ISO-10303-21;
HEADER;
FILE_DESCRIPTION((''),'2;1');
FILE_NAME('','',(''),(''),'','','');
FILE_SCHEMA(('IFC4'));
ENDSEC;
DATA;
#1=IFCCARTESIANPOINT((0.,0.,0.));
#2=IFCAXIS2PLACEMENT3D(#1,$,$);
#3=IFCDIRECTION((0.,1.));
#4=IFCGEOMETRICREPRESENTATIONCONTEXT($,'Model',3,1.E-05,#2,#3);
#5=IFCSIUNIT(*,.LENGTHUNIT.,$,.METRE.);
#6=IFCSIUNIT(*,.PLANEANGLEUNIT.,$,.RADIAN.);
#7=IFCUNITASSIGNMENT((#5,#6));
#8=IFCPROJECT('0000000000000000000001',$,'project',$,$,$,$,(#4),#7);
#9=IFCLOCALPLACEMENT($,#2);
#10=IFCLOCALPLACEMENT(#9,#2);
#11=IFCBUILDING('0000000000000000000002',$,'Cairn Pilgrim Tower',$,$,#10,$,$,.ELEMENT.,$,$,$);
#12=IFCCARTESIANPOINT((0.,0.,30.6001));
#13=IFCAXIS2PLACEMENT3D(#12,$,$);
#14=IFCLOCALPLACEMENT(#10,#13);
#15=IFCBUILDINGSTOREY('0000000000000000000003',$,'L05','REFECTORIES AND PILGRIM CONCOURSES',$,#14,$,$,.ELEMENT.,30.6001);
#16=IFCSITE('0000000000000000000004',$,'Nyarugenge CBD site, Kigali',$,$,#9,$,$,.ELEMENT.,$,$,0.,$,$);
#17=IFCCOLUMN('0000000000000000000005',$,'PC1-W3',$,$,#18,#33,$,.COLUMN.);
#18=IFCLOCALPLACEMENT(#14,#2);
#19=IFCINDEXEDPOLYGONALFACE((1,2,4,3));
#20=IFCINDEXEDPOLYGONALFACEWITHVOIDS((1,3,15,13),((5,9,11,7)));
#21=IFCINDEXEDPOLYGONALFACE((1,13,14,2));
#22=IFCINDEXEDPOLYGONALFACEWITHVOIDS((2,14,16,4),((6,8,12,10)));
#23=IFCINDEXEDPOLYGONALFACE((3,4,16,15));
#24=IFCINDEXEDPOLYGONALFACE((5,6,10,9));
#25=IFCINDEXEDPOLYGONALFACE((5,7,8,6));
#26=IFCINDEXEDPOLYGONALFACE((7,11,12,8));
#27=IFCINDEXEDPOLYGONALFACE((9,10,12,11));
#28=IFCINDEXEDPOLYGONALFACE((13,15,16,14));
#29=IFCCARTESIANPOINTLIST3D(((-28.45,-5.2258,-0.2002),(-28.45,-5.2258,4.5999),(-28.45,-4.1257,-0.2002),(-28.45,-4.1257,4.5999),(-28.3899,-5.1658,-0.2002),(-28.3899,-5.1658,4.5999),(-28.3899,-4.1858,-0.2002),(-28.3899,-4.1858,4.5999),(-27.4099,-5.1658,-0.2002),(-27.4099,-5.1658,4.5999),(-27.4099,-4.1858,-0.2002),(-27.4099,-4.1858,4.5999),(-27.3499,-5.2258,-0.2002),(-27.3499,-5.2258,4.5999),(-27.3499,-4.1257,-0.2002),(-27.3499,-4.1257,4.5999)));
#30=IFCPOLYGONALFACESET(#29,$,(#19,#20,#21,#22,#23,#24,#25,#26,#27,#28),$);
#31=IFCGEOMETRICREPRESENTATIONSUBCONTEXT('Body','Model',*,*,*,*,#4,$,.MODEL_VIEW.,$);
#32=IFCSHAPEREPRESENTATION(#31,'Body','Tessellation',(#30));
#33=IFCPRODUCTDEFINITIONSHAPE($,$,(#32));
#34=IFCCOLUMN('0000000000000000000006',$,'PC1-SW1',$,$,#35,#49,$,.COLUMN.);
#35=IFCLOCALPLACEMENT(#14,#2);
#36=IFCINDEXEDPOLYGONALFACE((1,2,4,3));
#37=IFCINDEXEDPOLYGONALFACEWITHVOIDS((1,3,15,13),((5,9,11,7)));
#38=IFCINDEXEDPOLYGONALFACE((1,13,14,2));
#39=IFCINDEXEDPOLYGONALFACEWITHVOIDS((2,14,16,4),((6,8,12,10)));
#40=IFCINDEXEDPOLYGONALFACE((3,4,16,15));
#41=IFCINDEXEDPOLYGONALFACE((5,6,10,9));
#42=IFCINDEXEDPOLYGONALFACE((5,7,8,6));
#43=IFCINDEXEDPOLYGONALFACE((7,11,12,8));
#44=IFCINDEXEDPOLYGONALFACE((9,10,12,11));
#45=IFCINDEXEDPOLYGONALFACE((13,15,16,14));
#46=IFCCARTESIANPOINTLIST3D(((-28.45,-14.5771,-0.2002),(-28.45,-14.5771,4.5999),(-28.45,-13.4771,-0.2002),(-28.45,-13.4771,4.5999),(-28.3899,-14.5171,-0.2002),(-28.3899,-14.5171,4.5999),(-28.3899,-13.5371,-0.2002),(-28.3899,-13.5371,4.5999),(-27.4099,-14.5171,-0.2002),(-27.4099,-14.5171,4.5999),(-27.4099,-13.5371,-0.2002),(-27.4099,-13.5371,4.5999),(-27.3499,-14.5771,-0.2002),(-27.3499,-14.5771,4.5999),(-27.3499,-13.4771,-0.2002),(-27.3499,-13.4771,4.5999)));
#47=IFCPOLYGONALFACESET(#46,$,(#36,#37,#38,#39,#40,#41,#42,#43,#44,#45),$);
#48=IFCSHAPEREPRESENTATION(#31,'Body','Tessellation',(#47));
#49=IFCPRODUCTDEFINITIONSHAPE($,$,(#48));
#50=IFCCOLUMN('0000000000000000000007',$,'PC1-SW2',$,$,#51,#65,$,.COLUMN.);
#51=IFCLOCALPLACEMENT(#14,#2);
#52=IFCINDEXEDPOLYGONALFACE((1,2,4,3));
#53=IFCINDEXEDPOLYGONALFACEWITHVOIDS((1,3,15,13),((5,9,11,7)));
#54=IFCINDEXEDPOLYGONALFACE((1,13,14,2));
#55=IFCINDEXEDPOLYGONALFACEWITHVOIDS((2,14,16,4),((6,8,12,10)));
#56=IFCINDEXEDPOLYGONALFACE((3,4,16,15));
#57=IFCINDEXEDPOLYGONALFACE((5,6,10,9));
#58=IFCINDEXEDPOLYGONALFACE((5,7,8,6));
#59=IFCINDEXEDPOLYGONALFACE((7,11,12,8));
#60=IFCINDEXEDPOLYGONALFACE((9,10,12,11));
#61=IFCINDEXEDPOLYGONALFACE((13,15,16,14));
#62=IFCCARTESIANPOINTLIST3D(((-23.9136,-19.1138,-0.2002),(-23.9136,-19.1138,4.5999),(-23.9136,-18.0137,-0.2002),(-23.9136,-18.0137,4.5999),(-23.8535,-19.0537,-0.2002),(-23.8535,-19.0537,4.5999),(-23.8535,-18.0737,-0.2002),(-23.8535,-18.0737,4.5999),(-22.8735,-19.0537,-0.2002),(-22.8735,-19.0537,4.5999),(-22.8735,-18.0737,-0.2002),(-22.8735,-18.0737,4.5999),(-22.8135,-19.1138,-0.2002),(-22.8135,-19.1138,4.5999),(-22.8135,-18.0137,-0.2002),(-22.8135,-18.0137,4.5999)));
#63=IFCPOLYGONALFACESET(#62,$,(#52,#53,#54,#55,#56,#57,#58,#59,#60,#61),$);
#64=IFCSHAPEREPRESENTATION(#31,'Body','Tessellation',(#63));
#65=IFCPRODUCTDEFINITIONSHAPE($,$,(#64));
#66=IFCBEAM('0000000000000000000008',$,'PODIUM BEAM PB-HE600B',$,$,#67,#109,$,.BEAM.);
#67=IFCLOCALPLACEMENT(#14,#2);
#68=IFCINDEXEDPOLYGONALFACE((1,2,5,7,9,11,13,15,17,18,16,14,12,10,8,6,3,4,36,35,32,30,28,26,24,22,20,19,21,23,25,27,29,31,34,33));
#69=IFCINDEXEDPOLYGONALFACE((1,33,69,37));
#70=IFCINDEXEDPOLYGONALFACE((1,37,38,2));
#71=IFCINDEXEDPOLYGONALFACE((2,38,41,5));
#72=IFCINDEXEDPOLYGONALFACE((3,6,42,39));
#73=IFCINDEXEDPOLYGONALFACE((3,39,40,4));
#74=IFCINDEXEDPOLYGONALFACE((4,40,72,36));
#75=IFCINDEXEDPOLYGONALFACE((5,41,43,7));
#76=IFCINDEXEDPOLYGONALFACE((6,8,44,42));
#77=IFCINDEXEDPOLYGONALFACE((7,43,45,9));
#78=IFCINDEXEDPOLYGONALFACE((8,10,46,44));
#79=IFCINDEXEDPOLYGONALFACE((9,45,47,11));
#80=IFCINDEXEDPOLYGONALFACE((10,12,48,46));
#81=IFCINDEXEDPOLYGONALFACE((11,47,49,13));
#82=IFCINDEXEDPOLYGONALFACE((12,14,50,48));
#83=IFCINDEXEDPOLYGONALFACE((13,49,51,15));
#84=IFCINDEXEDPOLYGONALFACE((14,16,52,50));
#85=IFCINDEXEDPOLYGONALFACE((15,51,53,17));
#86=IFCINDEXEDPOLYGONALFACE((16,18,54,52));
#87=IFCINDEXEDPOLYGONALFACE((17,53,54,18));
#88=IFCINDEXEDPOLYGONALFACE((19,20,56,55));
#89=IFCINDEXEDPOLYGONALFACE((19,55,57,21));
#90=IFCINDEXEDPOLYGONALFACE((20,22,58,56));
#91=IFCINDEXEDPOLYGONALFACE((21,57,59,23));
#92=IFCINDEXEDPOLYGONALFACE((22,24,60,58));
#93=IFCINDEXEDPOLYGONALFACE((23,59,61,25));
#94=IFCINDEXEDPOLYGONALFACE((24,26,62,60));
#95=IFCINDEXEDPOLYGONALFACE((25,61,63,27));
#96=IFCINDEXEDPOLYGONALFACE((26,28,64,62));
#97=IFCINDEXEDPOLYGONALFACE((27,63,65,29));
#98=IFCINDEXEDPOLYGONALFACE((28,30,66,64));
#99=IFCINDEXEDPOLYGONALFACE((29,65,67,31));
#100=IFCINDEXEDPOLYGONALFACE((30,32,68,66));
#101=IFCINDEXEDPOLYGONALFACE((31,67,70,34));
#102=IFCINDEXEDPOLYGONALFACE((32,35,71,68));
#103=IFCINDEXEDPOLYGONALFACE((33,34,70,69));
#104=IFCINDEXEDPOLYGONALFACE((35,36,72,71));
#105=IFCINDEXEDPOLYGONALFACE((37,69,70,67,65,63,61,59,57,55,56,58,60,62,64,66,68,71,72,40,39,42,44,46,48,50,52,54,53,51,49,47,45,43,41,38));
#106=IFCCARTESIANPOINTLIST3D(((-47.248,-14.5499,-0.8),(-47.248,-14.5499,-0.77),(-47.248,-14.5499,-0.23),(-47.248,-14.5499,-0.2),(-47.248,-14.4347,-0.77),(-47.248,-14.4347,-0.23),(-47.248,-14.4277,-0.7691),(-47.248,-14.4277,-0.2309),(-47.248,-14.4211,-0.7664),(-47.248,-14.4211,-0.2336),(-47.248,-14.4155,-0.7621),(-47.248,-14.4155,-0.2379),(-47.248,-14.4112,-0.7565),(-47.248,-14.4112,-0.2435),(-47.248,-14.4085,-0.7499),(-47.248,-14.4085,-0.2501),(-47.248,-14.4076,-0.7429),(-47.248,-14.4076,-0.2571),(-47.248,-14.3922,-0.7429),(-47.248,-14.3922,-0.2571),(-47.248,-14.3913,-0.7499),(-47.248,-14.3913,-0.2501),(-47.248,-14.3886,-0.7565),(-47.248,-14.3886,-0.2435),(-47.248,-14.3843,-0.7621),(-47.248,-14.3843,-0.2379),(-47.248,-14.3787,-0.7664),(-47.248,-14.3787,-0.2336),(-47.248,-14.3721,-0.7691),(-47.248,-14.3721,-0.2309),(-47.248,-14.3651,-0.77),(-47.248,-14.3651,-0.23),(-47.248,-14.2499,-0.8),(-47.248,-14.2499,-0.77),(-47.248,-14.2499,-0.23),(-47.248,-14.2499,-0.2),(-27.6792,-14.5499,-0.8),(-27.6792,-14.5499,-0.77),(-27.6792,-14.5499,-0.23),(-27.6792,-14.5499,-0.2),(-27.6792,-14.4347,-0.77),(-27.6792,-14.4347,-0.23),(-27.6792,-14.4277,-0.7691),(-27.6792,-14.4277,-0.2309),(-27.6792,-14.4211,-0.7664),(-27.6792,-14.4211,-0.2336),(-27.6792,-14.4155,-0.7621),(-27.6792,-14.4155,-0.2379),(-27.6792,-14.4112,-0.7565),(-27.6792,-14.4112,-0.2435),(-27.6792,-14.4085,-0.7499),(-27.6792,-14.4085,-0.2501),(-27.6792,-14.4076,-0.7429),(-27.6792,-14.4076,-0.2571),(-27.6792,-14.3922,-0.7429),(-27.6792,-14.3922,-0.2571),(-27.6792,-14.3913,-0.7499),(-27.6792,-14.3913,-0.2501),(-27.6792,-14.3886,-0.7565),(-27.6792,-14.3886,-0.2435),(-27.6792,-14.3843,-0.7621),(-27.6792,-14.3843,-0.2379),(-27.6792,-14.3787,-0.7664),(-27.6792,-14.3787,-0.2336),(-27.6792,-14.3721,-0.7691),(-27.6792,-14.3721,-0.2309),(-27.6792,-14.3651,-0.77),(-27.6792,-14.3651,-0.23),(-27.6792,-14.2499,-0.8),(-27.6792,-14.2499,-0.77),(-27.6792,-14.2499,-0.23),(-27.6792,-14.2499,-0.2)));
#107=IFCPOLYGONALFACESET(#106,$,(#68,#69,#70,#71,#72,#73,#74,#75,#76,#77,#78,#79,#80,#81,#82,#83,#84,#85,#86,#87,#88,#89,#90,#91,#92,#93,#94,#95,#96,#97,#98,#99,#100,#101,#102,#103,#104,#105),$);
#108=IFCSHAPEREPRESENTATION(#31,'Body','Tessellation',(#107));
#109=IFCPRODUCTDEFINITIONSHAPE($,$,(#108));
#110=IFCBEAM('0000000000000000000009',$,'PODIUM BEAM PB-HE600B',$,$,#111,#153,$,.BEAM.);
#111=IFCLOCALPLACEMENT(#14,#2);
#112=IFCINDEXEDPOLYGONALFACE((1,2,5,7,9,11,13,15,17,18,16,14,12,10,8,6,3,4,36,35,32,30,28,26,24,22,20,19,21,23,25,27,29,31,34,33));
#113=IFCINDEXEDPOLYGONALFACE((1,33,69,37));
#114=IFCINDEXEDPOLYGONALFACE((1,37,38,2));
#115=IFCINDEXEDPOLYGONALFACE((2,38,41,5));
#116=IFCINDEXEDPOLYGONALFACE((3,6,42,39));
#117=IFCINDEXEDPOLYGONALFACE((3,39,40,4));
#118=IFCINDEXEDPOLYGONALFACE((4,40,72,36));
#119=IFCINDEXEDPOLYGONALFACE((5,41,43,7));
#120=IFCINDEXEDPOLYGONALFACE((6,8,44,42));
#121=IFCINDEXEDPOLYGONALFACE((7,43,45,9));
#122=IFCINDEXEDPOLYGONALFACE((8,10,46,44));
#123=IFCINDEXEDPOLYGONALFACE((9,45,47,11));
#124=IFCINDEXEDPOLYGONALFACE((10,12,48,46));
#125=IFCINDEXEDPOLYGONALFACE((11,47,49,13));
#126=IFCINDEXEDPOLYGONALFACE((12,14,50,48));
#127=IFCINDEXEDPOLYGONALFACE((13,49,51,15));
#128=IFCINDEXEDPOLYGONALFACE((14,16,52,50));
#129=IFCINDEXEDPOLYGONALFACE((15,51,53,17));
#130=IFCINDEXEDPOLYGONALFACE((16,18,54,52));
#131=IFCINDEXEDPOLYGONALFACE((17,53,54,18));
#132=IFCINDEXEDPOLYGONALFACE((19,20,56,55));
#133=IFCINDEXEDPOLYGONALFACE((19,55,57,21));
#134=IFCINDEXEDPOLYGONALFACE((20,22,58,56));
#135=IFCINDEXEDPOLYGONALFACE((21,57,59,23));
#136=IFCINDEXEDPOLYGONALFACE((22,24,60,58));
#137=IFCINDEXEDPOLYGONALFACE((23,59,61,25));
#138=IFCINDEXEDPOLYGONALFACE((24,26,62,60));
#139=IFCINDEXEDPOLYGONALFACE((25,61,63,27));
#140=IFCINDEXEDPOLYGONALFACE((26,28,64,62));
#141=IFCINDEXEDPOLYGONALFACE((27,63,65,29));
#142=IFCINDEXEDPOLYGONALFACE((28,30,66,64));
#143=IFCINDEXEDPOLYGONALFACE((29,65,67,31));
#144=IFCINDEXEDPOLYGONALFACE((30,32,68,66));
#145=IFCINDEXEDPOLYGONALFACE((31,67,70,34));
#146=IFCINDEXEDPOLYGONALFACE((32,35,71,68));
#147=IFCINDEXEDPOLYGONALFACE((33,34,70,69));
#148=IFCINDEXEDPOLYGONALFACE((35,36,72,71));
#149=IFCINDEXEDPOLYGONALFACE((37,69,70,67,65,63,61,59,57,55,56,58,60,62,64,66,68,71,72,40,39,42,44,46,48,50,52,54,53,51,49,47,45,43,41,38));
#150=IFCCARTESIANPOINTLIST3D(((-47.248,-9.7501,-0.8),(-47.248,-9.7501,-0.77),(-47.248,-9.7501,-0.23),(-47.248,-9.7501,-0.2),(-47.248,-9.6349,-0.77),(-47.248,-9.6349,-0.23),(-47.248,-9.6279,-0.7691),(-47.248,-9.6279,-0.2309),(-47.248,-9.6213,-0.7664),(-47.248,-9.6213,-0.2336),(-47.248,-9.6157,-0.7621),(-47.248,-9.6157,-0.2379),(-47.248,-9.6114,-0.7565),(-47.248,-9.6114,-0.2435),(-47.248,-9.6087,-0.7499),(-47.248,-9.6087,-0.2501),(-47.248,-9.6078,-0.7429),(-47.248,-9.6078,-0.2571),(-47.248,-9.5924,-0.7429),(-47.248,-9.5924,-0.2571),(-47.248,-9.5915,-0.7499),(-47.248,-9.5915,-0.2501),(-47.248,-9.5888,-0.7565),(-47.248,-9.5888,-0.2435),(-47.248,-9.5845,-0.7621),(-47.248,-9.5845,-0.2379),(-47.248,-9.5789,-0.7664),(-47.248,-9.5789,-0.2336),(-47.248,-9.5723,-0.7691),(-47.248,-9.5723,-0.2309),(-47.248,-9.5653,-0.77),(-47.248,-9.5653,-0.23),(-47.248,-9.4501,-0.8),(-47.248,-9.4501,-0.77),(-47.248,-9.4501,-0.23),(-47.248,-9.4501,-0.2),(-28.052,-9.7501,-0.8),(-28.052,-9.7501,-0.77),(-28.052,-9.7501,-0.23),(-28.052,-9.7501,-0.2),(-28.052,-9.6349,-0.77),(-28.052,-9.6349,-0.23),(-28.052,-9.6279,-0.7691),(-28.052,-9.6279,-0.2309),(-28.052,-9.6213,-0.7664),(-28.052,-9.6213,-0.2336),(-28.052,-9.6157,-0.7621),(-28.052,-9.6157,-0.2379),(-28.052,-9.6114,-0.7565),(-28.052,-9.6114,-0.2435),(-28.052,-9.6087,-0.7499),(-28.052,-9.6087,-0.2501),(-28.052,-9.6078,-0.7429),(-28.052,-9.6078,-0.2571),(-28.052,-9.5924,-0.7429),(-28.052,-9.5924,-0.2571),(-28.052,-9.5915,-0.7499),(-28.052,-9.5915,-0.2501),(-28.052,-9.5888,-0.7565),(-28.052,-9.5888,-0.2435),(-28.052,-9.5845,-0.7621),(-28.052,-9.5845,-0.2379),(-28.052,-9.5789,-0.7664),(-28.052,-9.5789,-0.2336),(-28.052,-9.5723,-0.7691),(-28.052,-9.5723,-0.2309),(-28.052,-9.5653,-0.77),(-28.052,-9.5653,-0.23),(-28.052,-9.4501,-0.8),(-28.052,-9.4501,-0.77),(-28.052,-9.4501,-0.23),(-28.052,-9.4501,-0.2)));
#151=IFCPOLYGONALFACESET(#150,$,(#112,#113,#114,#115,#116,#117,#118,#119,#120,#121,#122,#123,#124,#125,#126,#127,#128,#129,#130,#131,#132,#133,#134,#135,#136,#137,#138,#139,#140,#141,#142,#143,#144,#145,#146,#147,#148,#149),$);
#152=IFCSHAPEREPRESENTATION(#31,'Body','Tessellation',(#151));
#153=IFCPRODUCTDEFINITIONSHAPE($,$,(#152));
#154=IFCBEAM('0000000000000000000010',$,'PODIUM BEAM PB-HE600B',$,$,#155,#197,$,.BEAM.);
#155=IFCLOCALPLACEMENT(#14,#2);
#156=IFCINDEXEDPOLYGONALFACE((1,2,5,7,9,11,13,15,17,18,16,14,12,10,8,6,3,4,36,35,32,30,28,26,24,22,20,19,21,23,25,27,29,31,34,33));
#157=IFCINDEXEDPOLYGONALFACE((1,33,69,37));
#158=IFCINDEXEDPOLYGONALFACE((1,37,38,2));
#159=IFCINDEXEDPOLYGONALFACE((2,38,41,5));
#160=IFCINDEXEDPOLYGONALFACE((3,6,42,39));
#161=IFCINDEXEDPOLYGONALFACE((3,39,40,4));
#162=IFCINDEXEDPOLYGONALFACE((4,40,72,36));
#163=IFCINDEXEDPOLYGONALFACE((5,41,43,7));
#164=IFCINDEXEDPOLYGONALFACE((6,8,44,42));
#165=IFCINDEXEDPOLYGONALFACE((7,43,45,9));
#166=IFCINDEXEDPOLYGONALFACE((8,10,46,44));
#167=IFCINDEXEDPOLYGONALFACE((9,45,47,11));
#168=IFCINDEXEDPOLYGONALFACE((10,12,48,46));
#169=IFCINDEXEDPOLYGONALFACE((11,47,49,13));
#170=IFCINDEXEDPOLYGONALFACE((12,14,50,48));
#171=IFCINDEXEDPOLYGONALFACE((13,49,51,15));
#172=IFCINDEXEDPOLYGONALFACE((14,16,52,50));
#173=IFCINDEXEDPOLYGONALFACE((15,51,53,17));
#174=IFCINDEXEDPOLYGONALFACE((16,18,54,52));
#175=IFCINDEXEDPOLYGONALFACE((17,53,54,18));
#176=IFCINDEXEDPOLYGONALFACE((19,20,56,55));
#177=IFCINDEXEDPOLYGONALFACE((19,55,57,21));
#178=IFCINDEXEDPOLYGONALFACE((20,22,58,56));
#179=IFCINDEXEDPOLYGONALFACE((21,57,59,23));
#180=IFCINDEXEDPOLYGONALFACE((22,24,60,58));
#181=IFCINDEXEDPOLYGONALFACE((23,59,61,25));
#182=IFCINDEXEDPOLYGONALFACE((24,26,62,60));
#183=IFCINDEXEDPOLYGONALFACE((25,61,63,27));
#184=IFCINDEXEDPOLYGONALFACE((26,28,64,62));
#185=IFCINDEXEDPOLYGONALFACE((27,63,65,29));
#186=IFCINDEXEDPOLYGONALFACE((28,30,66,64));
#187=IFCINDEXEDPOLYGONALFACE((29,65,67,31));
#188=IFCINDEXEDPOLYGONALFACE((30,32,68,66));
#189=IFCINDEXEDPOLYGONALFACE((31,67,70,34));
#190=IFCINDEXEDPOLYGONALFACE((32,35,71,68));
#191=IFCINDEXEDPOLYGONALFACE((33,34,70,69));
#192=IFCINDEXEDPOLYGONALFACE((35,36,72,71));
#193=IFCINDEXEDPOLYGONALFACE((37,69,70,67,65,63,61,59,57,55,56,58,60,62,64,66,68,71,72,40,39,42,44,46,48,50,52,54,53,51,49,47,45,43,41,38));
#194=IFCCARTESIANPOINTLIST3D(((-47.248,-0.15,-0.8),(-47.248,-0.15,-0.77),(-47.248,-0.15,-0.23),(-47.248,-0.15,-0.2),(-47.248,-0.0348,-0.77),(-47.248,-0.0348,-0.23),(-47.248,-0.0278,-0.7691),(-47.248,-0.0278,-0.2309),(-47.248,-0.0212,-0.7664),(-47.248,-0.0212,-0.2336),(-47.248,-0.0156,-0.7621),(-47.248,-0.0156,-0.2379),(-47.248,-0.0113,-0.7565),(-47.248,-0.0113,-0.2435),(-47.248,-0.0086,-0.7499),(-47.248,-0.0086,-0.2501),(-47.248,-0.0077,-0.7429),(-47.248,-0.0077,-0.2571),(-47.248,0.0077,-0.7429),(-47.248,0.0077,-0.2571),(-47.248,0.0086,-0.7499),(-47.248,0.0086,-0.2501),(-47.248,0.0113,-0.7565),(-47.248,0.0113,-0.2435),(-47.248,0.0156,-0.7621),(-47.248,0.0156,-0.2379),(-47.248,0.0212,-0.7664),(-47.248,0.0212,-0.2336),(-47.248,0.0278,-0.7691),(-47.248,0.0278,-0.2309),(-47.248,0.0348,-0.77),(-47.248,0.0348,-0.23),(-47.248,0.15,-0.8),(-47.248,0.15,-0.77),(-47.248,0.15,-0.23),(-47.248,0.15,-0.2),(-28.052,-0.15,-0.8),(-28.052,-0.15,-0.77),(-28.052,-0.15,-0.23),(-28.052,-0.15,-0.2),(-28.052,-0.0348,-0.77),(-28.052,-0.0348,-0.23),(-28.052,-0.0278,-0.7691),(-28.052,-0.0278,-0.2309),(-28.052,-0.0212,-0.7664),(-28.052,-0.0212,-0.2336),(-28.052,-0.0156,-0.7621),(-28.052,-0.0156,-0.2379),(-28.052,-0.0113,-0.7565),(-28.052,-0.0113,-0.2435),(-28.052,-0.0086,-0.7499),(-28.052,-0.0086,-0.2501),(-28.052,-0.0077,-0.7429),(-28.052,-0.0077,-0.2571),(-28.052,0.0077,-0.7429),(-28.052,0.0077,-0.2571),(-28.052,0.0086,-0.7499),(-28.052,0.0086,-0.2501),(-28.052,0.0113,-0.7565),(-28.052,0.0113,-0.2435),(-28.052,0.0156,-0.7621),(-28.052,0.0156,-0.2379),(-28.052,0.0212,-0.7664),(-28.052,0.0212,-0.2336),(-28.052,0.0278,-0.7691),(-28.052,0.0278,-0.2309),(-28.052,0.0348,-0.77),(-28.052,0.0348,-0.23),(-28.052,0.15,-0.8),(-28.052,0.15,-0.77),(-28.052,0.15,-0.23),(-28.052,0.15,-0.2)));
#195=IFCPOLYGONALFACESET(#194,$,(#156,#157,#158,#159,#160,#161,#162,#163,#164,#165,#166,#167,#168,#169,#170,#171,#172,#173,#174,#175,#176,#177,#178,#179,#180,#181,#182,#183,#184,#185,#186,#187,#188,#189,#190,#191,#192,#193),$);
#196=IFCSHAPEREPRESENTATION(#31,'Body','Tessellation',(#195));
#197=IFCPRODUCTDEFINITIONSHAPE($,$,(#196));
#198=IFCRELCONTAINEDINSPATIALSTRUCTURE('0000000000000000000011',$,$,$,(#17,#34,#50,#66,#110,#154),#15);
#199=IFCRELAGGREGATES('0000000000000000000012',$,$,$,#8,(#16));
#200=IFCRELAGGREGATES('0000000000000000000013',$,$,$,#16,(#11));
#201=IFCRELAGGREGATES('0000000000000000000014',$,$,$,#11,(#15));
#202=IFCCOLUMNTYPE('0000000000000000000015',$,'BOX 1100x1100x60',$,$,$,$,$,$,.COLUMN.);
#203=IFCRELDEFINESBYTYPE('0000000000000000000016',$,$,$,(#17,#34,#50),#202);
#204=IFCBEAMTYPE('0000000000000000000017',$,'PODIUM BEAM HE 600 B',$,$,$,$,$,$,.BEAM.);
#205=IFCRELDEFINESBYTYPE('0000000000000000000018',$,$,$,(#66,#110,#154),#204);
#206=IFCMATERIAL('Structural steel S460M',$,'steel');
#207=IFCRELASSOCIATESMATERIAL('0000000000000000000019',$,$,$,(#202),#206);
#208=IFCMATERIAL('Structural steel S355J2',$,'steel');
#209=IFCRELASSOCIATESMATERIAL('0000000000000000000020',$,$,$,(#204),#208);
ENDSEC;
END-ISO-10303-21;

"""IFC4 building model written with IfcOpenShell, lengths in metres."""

from ifc_helpers import new_model, si_unit, direction, frame, origin, origin_2d, place, context, subcontext, project, spatial, hollow_rectangle, i_section, extrude, material, material_profile, profile_set, type_object, element, save


model = new_model("IFC4")

# Units and contexts
model_context = context("Model", 3, precision=1e-05, world=origin(), true_north=direction((0.0, 1.0)))
body_context = subcontext(model_context, "Body", "Model", "MODEL_VIEW")
ifc_project = project(units=[si_unit("LENGTHUNIT", "METRE"), si_unit("PLANEANGLEUNIT", "RADIAN")], contexts=[model_context])

# Site, building, storey
site_placement = place(None, origin())
site = spatial("IfcSite", under=ifc_project, at=site_placement, Name="Nyarugenge CBD site, Kigali", CompositionType="ELEMENT", RefElevation=0.0)
building_placement = place(site_placement, origin())
building = spatial("IfcBuilding", under=site, at=building_placement, Name="Cairn Pilgrim Tower", CompositionType="ELEMENT")
storey_placement = place(building_placement, frame((0.0, 0.0, 30.6001)))
storey = spatial("IfcBuildingStorey", under=building, at=storey_placement, Name="L05", Description="REFECTORIES AND PILGRIM CONCOURSES", CompositionType="ELEMENT", Elevation=30.6001)

# Columns
ifc_material_1 = material(Name="Structural steel S460M", Category="steel")
ifc_material_profile_1 = material_profile(ifc_material_1, hollow_rectangle(XDim=1.1001, YDim=1.1001, WallThickness=0.0601, at=origin_2d()), Name="BOX 1100x1100x60")
ifc_profile_set_1 = profile_set([ifc_material_profile_1], Name="Structural steel S460M")
column_type = type_object("IfcColumnType", Name="BOX 1100x1100x60", PredefinedType="COLUMN", material=ifc_profile_set_1)
for number, where, z_axis, x_axis, name in (
    (1, (-27.8999, -4.6758, -0.2002), (0.0, 0.0, 1.0), (1.0, 0.0, 0.0), "PC1-W3"),
    (2, (-27.8999, -14.0271, -0.2002), (0.0, 0.0, 1.0), (1.0, 0.0, 0.0), "PC1-SW1"),
    (3, (-23.3635, -18.5637, -0.2002), (0.0, 0.0, 1.0), (1.0, 0.0, 0.0), "PC1-SW2"),
):
    element("IfcColumn", number, at=place(storey_placement, frame(where, z_axis=z_axis, x_axis=x_axis)), inside=storey, type_object=column_type, Name=name, PredefinedType="COLUMN", context=body_context, shape_type="SweptSolid", body=[
        extrude(hollow_rectangle(XDim=1.1001, YDim=1.1001, WallThickness=0.0601, at=origin_2d()), origin(), (0.0, 0.0, 1.0), 4.8),
    ])

# Beams
ifc_material_2 = material(Name="Structural steel S355J2", Category="steel")
ifc_material_profile_2 = material_profile(ifc_material_2, i_section(OverallWidth=0.3, OverallDepth=0.6001, WebThickness=0.0154, FlangeThickness=0.03, FilletRadius=0.0271, at=origin_2d()), Name="HEB 600")
ifc_profile_set_2 = profile_set([ifc_material_profile_2], Name="Structural steel S355J2")
beam_type_1 = type_object("IfcBeamType", Name="PODIUM BEAM HE 600 B", PredefinedType="BEAM", material=ifc_profile_set_2)
beam_1_placement = place(storey_placement, frame((-47.248, -14.3999, -0.5), z_axis=(1.0, 0.0, 0.0), x_axis=(0.0, 1.0, 0.0)))
element("IfcBeam", 4, at=beam_1_placement, inside=storey, type_object=beam_type_1, Name="PODIUM BEAM PB-HE600B", PredefinedType="BEAM", context=body_context, shape_type="SweptSolid", body=[
    extrude(i_section(OverallWidth=0.3, OverallDepth=0.6001, WebThickness=0.0154, FlangeThickness=0.03, FilletRadius=0.0271, at=origin_2d()), origin(), (0.0, 0.0, 1.0), 19.5688),
])
for number, where, z_axis, x_axis, name in (
    (5, (-47.248, -9.6001, -0.5), (1.0, 0.0, 0.0), (0.0, 1.0, 0.0), "PODIUM BEAM PB-HE600B"),
    (6, (-47.248, 0.0, -0.5), (1.0, 0.0, 0.0), (0.0, 1.0, 0.0), "PODIUM BEAM PB-HE600B"),
):
    element("IfcBeam", number, at=place(storey_placement, frame(where, z_axis=z_axis, x_axis=x_axis)), inside=storey, type_object=beam_type_1, Name=name, PredefinedType="BEAM", context=body_context, shape_type="SweptSolid", body=[
        extrude(i_section(OverallWidth=0.3, OverallDepth=0.6001, WebThickness=0.0154, FlangeThickness=0.03, FilletRadius=0.0271, at=origin_2d()), origin(), (0.0, 0.0, 1.0), 19.196),
    ])

save(model, "model.ifc")
